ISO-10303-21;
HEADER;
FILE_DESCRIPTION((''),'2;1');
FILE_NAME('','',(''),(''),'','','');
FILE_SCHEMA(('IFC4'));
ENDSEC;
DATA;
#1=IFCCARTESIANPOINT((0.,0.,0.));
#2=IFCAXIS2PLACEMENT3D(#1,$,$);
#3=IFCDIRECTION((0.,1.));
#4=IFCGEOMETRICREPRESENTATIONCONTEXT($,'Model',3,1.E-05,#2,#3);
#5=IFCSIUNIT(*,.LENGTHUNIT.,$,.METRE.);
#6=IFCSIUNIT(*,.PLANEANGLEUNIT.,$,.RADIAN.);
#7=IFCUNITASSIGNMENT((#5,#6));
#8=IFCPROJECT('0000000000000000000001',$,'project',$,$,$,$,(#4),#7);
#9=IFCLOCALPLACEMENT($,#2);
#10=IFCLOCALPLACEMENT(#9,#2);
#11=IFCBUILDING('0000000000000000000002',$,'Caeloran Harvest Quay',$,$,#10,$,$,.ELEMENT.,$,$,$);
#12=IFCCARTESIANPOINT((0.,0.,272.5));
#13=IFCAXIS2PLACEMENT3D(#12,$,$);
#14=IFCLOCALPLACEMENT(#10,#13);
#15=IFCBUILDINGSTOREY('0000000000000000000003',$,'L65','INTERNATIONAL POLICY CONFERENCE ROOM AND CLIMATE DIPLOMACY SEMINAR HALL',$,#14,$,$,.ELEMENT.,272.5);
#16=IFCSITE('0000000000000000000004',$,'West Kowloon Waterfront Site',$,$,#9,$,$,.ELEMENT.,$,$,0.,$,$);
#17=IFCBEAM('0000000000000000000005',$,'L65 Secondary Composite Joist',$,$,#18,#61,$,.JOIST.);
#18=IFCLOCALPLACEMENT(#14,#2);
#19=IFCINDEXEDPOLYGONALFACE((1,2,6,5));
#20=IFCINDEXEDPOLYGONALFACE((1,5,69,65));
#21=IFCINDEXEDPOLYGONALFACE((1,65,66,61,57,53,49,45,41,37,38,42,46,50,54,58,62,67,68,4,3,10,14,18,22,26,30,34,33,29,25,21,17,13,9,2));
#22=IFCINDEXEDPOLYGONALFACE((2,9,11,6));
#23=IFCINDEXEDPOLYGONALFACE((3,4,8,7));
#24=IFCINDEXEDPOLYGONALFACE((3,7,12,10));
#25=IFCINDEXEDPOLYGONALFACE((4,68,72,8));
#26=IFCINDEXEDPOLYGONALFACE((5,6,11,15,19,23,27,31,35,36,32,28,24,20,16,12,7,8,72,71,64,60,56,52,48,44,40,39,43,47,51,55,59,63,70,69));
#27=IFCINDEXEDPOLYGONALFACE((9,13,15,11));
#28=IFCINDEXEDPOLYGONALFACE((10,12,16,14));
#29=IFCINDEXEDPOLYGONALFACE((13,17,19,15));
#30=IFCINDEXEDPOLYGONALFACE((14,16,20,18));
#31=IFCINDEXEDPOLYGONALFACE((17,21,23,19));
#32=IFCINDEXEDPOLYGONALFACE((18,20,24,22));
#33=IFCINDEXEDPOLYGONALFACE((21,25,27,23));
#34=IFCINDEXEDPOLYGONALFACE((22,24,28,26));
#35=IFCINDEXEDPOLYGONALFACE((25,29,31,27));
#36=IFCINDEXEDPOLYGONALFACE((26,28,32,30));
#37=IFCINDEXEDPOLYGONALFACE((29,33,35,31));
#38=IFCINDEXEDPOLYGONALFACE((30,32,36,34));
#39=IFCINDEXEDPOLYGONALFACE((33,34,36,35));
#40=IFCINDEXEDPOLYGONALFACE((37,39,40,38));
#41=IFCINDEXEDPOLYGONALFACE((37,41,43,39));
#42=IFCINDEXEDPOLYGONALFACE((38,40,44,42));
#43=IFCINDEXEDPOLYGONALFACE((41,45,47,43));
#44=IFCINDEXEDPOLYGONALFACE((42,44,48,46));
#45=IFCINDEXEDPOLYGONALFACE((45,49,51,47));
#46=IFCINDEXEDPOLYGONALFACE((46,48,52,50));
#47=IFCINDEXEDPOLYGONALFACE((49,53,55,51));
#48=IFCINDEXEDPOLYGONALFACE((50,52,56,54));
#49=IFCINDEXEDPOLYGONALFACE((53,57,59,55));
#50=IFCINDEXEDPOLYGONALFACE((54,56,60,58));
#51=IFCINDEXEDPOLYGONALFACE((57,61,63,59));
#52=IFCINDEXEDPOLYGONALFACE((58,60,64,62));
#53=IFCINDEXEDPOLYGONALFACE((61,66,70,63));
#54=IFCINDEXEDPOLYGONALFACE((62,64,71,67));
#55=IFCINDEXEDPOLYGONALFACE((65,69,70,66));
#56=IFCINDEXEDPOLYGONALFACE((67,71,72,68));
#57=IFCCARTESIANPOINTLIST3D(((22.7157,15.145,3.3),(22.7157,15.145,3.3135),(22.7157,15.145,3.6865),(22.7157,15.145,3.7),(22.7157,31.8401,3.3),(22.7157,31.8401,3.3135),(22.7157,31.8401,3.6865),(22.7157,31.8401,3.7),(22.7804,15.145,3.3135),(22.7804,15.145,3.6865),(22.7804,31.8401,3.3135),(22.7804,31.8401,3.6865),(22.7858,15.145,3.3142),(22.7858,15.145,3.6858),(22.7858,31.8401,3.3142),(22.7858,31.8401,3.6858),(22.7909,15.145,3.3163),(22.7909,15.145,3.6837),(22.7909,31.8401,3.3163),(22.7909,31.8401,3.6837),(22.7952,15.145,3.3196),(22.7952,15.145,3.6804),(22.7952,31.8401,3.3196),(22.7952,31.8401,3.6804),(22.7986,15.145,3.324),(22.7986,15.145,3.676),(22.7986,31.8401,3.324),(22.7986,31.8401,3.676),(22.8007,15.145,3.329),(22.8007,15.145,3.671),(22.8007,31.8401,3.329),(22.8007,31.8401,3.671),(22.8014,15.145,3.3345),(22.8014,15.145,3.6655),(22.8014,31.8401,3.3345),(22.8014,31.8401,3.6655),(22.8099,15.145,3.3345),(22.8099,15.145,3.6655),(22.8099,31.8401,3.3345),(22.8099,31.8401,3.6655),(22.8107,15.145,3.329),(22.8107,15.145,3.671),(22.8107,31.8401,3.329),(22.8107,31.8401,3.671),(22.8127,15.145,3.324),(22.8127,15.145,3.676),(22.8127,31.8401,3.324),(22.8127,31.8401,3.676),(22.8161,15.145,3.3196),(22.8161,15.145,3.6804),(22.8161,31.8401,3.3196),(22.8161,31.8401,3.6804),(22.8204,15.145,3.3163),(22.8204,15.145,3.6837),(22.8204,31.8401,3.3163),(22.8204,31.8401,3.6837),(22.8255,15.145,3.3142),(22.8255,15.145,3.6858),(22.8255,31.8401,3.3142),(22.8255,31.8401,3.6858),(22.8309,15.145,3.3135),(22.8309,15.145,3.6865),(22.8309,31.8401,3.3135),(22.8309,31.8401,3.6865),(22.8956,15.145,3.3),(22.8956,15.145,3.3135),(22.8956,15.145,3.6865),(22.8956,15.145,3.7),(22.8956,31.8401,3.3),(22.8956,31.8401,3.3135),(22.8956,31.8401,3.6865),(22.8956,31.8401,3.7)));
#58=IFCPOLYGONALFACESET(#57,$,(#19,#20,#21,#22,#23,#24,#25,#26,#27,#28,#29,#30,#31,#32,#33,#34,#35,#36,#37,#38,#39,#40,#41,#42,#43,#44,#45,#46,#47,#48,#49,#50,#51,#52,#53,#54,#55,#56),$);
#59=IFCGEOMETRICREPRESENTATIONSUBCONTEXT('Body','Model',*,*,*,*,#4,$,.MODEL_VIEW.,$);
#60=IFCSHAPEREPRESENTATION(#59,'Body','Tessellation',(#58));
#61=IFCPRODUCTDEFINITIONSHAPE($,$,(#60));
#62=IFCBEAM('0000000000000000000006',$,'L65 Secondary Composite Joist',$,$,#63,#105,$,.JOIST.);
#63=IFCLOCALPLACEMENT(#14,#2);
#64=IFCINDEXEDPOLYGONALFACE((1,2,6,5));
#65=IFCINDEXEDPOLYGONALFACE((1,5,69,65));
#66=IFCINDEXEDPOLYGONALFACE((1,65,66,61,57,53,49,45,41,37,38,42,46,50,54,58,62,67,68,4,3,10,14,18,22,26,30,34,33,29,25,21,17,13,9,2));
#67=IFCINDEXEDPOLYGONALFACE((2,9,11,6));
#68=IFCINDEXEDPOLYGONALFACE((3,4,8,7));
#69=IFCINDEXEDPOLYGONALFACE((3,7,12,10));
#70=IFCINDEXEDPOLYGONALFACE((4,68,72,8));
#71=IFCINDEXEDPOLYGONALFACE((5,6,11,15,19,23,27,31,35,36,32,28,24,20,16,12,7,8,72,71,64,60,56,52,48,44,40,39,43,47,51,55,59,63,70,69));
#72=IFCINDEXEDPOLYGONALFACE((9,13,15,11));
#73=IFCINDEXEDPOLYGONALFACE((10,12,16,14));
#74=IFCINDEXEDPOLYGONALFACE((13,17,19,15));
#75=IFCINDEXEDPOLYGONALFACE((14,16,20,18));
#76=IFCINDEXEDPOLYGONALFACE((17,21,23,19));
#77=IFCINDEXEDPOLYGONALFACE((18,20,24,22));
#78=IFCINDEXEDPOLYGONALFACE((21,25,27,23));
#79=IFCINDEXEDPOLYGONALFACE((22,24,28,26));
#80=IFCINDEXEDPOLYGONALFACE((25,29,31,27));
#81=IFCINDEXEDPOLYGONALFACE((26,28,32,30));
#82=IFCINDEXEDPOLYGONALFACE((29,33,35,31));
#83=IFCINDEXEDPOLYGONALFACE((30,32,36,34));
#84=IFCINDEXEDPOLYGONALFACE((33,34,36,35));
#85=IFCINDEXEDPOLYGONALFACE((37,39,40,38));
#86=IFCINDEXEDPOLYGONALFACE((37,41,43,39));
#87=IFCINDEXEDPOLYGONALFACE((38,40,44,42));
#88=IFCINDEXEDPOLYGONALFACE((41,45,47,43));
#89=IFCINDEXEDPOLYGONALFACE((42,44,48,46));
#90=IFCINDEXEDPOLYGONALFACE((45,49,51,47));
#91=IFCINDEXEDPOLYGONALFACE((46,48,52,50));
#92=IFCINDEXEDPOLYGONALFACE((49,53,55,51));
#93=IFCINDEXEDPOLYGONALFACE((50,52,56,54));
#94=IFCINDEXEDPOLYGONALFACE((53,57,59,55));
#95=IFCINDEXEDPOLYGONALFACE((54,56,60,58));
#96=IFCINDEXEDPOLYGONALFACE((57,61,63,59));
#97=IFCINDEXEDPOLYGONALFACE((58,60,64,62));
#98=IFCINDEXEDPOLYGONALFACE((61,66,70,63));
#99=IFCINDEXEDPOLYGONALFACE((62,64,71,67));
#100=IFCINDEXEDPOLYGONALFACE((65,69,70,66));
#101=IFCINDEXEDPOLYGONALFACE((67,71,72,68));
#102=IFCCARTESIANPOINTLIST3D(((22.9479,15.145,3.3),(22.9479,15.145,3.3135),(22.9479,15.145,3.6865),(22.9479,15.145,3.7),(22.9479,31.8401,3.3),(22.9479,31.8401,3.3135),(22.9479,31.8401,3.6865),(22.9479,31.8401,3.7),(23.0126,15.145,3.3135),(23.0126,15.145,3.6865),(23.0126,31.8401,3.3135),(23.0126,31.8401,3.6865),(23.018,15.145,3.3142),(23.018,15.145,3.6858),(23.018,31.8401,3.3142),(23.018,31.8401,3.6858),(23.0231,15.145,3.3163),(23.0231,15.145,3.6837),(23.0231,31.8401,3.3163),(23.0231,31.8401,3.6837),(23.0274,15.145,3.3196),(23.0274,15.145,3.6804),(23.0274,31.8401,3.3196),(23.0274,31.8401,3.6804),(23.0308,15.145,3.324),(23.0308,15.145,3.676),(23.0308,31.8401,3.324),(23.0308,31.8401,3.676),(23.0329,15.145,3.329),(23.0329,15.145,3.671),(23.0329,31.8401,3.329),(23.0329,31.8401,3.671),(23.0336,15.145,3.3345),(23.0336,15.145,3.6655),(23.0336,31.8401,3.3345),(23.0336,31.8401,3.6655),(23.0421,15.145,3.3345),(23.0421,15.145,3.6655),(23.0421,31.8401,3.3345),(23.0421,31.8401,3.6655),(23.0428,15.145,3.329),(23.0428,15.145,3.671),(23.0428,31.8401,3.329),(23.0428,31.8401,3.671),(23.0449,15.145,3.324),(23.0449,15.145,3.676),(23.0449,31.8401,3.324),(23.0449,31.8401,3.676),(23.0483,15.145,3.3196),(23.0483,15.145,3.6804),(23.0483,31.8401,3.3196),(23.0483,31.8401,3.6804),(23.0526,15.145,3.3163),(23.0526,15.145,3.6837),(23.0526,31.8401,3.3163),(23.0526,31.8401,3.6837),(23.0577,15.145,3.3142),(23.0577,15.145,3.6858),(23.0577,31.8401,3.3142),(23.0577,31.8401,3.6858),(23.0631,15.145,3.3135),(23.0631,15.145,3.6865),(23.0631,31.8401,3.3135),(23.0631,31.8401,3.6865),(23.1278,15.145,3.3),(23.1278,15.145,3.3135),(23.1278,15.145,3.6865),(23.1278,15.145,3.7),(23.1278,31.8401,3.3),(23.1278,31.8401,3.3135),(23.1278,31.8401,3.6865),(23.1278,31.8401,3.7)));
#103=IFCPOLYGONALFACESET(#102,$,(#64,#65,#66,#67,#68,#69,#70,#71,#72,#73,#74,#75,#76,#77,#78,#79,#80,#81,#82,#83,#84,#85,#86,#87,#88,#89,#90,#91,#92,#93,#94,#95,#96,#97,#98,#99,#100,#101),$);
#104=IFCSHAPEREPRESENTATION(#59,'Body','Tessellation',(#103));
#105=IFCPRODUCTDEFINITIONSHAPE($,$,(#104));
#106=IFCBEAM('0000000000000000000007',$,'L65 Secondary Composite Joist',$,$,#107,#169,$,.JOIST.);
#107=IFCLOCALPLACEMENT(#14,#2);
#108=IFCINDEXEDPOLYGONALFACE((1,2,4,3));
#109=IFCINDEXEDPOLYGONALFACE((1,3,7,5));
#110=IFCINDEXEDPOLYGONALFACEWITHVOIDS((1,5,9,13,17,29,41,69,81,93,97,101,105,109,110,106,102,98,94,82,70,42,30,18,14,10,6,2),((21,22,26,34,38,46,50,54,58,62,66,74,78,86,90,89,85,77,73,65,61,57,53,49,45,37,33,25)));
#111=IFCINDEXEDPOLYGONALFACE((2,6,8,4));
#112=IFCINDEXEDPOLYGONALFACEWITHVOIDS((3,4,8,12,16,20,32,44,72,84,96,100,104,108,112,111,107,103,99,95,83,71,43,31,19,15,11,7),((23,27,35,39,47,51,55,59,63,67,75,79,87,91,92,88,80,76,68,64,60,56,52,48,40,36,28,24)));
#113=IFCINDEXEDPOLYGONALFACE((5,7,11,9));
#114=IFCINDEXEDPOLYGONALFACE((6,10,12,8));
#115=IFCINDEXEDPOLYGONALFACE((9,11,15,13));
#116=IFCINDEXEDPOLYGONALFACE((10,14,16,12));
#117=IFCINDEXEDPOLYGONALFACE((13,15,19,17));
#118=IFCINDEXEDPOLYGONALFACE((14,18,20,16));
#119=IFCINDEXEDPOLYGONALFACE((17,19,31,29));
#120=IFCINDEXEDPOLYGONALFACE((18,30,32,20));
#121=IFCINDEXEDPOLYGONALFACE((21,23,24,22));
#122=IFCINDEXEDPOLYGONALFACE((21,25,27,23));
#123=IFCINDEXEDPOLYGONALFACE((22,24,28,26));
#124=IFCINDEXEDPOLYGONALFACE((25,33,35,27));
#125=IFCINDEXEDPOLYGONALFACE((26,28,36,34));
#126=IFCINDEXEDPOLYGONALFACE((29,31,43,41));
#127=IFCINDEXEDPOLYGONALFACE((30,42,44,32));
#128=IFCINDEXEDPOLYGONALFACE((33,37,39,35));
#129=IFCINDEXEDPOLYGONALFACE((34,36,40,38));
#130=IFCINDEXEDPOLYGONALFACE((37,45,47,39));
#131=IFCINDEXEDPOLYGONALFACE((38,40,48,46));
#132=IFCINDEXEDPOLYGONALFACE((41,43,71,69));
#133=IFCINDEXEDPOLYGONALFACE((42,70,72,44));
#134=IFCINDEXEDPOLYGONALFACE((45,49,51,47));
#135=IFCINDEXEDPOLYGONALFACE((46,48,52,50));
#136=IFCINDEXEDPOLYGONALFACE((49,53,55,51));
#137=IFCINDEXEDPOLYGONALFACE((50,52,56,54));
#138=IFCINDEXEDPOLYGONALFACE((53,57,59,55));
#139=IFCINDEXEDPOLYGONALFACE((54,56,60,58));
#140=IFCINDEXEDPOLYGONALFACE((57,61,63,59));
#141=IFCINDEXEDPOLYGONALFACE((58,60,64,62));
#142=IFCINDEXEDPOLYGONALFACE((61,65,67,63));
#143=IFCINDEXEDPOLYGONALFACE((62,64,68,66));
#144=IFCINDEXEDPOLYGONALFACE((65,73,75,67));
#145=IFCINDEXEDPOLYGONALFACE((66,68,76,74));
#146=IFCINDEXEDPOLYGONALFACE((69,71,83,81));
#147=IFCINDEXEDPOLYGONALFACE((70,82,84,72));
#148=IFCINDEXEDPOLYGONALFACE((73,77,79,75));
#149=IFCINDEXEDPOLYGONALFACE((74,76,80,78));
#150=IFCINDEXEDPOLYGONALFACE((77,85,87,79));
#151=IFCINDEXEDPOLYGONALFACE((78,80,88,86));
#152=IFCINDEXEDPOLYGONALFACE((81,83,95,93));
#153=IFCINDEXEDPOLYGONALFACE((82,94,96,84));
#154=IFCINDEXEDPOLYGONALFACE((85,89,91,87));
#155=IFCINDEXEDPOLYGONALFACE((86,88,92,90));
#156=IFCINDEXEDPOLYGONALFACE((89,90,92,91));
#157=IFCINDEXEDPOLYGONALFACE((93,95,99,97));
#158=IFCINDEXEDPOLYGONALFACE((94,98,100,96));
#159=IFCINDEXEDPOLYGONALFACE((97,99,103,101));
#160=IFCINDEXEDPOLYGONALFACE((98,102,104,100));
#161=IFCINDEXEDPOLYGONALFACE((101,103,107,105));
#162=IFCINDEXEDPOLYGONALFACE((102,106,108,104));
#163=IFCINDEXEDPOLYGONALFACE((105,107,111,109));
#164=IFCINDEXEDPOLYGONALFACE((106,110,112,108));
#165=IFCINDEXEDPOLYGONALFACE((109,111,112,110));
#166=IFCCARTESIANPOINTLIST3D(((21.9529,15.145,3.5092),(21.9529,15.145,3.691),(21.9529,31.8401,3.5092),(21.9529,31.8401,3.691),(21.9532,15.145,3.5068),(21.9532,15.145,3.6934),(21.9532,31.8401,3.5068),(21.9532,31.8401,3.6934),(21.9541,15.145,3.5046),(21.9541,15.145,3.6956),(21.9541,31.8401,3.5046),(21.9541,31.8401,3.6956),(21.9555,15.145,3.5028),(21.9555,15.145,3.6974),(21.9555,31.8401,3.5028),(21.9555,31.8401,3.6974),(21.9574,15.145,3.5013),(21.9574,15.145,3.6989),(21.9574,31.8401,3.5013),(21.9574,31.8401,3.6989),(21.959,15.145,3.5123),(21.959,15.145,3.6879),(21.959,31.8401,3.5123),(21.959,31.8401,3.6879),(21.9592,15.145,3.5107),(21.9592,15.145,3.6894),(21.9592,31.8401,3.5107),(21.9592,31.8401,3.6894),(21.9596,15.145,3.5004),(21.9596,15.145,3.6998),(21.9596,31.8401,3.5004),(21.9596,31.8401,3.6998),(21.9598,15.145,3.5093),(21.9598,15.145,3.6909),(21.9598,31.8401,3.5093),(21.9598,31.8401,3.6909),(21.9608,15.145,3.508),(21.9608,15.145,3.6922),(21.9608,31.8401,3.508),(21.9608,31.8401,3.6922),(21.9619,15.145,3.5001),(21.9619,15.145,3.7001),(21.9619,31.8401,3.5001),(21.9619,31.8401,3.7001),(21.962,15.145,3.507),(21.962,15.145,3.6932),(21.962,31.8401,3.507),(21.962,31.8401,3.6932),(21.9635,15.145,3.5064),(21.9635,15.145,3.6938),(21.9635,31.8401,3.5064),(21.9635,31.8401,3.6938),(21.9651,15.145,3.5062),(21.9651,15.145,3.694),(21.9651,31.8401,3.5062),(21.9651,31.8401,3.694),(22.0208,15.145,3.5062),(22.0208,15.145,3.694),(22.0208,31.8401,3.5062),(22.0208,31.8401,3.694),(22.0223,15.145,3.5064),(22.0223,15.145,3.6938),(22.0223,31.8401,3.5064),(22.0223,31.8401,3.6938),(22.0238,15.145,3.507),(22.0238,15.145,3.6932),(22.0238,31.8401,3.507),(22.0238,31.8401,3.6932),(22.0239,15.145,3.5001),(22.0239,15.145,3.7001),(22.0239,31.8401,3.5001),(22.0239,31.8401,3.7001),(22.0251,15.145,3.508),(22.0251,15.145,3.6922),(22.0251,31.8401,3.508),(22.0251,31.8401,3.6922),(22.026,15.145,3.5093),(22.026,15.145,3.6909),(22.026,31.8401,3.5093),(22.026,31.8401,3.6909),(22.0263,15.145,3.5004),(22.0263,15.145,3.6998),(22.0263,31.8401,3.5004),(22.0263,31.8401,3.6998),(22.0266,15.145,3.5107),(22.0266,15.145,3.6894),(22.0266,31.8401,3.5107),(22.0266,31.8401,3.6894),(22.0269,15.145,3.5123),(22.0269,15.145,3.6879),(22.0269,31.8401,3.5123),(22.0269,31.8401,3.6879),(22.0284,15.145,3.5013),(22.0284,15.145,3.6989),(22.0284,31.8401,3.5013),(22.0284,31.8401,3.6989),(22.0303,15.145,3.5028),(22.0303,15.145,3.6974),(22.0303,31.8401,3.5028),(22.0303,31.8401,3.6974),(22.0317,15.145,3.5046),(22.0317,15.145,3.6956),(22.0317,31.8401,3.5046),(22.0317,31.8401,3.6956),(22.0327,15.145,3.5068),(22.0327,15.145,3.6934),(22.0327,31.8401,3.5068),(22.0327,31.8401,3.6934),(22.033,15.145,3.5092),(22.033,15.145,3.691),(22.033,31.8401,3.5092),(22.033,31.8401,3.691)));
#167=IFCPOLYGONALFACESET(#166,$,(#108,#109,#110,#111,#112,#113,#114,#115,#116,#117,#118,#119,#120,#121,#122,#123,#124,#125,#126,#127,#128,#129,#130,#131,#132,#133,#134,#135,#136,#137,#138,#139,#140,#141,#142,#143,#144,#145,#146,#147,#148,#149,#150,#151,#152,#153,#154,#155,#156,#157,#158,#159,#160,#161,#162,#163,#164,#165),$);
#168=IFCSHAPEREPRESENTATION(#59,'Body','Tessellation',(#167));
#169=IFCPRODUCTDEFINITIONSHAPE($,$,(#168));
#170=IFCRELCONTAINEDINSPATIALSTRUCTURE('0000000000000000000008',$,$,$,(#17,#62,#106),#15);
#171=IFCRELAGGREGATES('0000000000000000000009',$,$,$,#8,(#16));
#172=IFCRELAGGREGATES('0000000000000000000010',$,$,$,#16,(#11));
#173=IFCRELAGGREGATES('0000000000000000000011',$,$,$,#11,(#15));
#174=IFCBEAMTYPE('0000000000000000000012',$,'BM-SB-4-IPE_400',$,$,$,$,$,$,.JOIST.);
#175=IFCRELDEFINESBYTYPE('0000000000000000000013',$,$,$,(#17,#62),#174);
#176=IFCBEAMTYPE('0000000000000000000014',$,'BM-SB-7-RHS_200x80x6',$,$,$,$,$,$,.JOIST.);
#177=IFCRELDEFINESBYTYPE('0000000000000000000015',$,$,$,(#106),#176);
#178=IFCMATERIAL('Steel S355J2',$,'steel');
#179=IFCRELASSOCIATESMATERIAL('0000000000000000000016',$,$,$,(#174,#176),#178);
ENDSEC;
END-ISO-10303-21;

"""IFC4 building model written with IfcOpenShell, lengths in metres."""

from ifc_helpers import new_model, si_unit, direction, frame, origin, origin_2d, place, context, subcontext, project, spatial, hollow_rectangle, i_section, extrude, material, material_profile, profile_set, type_object, element, save


model = new_model("IFC4")

# Units and contexts
model_context = context("Model", 3, precision=1e-05, world=origin(), true_north=direction((0.0, 1.0)))
body_context = subcontext(model_context, "Body", "Model", "MODEL_VIEW")
ifc_project = project(units=[si_unit("LENGTHUNIT", "METRE"), si_unit("PLANEANGLEUNIT", "RADIAN")], contexts=[model_context])

# Site, building, storey
site_placement = place(None, origin())
site = spatial("IfcSite", under=ifc_project, at=site_placement, Name="West Kowloon Waterfront Site", CompositionType="ELEMENT", RefElevation=0.0)
building_placement = place(site_placement, origin())
building = spatial("IfcBuilding", under=site, at=building_placement, Name="Caeloran Harvest Quay", CompositionType="ELEMENT")
storey_placement = place(building_placement, frame((0.0, 0.0, 272.5)))
storey = spatial("IfcBuildingStorey", under=building, at=storey_placement, Name="L65", Description="INTERNATIONAL POLICY CONFERENCE ROOM AND CLIMATE DIPLOMACY SEMINAR HALL", CompositionType="ELEMENT", Elevation=272.5)

# Beams
ifc_material_1 = material(Name="Steel S355J2", Category="steel")
ifc_material_profile_1 = material_profile(ifc_material_1, i_section(OverallWidth=0.1799, OverallDepth=0.3999, WebThickness=0.0085, FlangeThickness=0.0134, FilletRadius=0.021, at=origin_2d()), Name="IPE 400")
ifc_profile_set_1 = profile_set([ifc_material_profile_1], Name="Steel S355J2")
beam_type_1 = type_object("IfcBeamType", Name="BM-SB-4-IPE_400", PredefinedType="JOIST", material=ifc_profile_set_1)
for number, where, z_axis, x_axis, name in (
    (1, (22.8057, 15.145, 3.5), (0.0, 1.0, 0.0), (-1.0, 0.0, 0.0), "L65 Secondary Composite Joist"),
    (2, (23.0378, 15.145, 3.5), (0.0, 1.0, 0.0), (-1.0, 0.0, 0.0), "L65 Secondary Composite Joist"),
):
    element("IfcBeam", number, at=place(storey_placement, frame(where, z_axis=z_axis, x_axis=x_axis)), inside=storey, type_object=beam_type_1, Name=name, PredefinedType="JOIST", context=body_context, shape_type="SweptSolid", body=[
        extrude(i_section(OverallWidth=0.1799, OverallDepth=0.3999, WebThickness=0.0085, FlangeThickness=0.0134, FilletRadius=0.021, at=origin_2d()), origin(), (0.0, 0.0, 1.0), 16.6951),
    ])
ifc_material_profile_2 = material_profile(ifc_material_1, hollow_rectangle(XDim=0.0801, YDim=0.2, WallThickness=0.0061, InnerFilletRadius=0.0061, OuterFilletRadius=0.009, at=origin_2d()), Name="RHS 200x80x6")
ifc_profile_set_2 = profile_set([ifc_material_profile_2], Name="Steel S355J2")
beam_type_2 = type_object("IfcBeamType", Name="BM-SB-7-RHS_200x80x6", PredefinedType="JOIST", material=ifc_profile_set_2)
for number, where, z_axis, x_axis, name in (
    (3, (21.9929, 15.145, 3.6001), (0.0, 1.0, 0.0), (-1.0, 0.0, 0.0), "L65 Secondary Composite Joist"),
):
    element("IfcBeam", number, at=place(storey_placement, frame(where, z_axis=z_axis, x_axis=x_axis)), inside=storey, type_object=beam_type_2, Name=name, PredefinedType="JOIST", context=body_context, shape_type="SweptSolid", body=[
        extrude(hollow_rectangle(XDim=0.0801, YDim=0.2, WallThickness=0.0061, InnerFilletRadius=0.0061, OuterFilletRadius=0.009, at=origin_2d()), origin(), (0.0, 0.0, 1.0), 16.6951),
    ])

save(model, "model.ifc")
